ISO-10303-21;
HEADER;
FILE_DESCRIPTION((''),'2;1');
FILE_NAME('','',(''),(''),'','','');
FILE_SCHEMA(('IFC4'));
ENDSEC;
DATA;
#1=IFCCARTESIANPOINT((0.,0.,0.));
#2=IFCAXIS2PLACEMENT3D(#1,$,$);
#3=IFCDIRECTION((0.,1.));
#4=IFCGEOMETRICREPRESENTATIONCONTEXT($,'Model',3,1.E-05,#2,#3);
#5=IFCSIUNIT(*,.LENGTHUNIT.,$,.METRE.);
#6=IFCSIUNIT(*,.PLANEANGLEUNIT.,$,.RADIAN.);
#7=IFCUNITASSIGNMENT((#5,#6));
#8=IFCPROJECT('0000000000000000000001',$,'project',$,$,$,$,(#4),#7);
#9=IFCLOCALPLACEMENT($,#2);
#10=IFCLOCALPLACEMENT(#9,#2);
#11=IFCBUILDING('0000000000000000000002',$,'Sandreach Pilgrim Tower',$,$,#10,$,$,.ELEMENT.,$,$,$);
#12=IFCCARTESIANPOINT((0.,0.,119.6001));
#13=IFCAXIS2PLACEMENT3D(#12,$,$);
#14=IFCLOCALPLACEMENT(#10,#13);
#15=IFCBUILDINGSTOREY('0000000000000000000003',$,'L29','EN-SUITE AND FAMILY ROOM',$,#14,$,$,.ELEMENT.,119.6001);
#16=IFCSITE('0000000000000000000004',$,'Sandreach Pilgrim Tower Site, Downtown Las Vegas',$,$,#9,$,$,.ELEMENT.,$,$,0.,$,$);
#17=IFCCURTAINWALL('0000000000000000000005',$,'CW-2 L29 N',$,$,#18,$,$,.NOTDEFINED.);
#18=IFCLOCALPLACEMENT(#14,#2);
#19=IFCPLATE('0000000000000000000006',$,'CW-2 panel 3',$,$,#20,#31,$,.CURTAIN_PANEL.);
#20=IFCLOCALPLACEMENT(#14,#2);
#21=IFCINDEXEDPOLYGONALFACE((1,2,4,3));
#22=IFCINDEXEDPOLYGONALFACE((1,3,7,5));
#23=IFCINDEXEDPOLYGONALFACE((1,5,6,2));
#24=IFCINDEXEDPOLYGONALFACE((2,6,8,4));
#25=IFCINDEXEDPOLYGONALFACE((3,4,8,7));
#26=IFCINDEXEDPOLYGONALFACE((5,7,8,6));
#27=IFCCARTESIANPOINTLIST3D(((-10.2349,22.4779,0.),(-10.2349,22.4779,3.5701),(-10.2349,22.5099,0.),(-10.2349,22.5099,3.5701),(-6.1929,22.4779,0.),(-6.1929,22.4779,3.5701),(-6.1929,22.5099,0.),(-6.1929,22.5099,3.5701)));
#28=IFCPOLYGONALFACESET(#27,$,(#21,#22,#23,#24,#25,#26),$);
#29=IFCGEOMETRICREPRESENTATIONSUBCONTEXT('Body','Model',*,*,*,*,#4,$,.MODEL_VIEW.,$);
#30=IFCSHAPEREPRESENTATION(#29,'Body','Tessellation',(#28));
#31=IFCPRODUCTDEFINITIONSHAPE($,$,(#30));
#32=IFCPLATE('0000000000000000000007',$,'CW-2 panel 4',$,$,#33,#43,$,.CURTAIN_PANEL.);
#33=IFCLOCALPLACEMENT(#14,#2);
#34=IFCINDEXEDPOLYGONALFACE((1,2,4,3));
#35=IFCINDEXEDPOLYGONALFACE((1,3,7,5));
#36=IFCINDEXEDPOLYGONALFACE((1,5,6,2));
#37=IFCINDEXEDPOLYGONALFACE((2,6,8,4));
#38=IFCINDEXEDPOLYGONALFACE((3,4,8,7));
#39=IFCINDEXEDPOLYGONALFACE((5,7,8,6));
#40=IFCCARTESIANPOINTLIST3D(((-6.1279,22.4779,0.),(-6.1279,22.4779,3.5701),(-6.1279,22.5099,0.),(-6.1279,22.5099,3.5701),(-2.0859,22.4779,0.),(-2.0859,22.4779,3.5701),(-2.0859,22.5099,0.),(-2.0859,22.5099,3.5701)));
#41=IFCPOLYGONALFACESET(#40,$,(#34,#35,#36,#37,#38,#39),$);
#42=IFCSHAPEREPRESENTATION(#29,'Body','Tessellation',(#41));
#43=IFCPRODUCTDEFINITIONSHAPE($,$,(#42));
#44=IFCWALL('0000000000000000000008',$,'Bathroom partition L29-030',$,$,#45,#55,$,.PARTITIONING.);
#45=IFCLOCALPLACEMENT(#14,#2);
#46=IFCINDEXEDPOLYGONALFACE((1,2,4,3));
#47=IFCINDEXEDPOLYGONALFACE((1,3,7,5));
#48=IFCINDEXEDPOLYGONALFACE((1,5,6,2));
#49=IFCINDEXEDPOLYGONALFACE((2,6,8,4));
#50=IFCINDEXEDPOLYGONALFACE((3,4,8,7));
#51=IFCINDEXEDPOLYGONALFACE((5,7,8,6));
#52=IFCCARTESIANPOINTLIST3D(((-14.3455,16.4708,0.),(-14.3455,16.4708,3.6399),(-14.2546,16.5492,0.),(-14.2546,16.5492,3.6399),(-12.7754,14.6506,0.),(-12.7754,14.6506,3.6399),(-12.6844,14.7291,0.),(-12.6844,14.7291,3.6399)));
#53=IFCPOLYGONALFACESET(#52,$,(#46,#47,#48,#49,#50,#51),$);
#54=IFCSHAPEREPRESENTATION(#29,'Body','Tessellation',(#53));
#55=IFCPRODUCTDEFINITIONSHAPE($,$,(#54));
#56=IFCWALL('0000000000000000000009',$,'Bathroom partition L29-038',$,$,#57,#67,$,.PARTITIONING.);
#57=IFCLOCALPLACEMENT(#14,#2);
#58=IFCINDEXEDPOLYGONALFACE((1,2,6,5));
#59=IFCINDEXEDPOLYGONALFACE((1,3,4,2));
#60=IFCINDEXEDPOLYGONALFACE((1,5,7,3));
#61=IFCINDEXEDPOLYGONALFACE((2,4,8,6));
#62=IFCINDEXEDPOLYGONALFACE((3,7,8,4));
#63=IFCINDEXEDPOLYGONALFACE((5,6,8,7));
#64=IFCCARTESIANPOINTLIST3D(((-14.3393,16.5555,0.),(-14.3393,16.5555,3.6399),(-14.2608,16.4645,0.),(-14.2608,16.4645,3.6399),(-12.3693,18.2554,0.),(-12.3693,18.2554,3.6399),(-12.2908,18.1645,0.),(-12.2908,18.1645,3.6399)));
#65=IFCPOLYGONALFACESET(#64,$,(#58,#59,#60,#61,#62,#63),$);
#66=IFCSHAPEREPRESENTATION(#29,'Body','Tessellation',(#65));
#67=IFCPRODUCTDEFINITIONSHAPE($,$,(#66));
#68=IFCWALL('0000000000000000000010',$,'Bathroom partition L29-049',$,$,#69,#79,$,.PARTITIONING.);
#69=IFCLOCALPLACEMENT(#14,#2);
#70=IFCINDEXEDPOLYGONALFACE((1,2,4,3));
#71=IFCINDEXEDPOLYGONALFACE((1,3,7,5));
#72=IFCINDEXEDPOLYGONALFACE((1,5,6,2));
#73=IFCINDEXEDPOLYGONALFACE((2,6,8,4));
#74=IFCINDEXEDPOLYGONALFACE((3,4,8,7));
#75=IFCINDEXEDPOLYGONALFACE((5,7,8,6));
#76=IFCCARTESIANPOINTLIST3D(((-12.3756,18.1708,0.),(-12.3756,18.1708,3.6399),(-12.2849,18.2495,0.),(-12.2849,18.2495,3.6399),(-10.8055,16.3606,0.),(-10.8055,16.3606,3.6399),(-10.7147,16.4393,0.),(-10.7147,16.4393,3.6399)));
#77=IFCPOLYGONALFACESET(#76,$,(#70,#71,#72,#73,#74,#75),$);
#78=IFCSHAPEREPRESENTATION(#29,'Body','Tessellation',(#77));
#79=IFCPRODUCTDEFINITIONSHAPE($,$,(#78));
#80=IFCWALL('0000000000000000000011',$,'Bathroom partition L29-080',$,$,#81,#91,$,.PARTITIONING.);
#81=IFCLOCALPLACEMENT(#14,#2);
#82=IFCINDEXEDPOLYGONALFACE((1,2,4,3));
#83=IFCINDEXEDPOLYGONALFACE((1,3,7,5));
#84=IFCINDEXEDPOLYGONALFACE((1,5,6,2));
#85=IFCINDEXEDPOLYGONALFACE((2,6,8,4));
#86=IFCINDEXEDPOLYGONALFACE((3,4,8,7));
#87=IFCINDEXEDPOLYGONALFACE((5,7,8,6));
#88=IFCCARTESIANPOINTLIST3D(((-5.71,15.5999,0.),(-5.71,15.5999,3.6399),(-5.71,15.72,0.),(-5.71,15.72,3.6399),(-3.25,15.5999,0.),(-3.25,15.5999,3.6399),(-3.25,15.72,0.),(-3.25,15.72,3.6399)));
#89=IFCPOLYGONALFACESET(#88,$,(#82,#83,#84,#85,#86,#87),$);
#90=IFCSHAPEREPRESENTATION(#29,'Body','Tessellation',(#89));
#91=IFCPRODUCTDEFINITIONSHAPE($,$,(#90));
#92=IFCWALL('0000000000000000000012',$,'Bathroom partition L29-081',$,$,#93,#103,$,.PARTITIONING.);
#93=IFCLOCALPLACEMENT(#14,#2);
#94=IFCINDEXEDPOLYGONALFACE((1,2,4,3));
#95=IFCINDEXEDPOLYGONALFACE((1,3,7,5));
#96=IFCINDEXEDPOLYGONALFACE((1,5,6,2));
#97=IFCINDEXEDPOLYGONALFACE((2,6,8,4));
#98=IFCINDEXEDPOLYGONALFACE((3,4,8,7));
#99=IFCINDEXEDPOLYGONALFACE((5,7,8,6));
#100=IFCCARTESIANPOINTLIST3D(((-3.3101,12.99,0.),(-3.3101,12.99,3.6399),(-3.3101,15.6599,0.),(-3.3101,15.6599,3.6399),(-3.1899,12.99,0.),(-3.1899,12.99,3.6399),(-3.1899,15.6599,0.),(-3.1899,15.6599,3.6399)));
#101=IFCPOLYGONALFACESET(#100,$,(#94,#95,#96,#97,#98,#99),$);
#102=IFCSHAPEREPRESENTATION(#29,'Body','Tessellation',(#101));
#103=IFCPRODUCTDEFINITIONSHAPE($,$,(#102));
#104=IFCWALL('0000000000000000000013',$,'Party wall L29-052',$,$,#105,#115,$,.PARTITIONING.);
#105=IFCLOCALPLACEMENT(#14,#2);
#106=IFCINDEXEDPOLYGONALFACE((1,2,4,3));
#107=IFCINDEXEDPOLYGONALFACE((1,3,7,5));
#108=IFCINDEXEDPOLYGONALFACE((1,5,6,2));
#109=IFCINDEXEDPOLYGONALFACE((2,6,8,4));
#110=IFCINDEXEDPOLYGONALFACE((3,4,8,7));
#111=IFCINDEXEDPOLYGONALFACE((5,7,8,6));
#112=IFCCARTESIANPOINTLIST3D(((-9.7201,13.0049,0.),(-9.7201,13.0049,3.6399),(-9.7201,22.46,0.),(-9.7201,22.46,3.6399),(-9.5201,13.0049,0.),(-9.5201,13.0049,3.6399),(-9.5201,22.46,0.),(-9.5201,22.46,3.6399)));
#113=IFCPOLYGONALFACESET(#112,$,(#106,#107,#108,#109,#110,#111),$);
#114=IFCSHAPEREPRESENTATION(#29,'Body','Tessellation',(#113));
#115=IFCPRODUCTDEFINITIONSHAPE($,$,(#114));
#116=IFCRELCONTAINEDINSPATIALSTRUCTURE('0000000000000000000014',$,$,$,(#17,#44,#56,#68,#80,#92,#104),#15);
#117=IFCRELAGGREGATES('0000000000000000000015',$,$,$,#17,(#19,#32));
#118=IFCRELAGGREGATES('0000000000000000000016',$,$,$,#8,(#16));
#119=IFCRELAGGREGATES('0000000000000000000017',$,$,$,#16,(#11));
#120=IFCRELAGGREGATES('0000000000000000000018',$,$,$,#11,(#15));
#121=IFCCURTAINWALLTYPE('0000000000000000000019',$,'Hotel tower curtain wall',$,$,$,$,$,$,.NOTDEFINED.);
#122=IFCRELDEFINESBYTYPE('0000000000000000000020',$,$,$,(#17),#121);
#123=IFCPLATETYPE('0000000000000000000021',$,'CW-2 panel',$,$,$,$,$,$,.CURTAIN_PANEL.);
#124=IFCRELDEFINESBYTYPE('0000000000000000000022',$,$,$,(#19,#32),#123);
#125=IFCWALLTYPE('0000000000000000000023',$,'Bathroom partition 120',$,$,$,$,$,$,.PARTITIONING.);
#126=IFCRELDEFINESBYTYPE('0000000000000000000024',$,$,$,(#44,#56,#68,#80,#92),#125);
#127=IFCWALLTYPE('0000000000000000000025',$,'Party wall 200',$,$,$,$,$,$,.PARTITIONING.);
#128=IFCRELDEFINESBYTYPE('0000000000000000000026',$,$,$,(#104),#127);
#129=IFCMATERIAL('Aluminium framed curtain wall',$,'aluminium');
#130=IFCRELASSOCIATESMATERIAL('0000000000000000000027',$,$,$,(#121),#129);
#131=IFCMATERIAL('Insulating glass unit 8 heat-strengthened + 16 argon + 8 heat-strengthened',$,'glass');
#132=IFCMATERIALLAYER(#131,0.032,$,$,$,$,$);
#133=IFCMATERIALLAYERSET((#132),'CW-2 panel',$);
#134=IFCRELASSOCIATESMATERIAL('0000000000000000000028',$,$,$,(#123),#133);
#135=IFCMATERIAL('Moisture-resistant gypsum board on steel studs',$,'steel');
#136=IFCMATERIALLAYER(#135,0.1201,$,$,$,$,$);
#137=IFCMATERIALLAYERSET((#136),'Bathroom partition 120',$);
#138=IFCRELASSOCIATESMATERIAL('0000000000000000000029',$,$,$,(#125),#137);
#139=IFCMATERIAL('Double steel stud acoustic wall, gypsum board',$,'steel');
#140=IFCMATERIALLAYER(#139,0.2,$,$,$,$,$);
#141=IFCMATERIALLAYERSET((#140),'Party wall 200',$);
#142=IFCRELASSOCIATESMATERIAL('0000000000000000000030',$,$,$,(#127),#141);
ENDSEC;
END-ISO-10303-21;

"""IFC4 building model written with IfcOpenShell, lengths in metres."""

from ifc_helpers import new_model, si_unit, direction, frame, frame_2d, origin, origin_2d, place, context, subcontext, project, spatial, rectangle, extrude, material, layer, layer_set, type_object, element, aggregate, save


model = new_model("IFC4")

# Units and contexts
model_context = context("Model", 3, precision=1e-05, world=origin(), true_north=direction((0.0, 1.0)))
body_context = subcontext(model_context, "Body", "Model", "MODEL_VIEW")
ifc_project = project(units=[si_unit("LENGTHUNIT", "METRE"), si_unit("PLANEANGLEUNIT", "RADIAN")], contexts=[model_context])

# Site, building, storey
site_placement = place(None, origin())
site = spatial("IfcSite", under=ifc_project, at=site_placement, Name="Sandreach Pilgrim Tower Site, Downtown Las Vegas", CompositionType="ELEMENT", RefElevation=0.0)
building_placement = place(site_placement, origin())
building = spatial("IfcBuilding", under=site, at=building_placement, Name="Sandreach Pilgrim Tower", CompositionType="ELEMENT")
storey_placement = place(building_placement, frame((0.0, 0.0, 119.6001)))
storey = spatial("IfcBuildingStorey", under=building, at=storey_placement, Name="L29", Description="EN-SUITE AND FAMILY ROOM", CompositionType="ELEMENT", Elevation=119.6001)

# Curtain wall
ifc_material_1 = material(Name="Aluminium framed curtain wall", Category="aluminium")
curtain_wall_type = type_object("IfcCurtainWallType", Name="Hotel tower curtain wall", PredefinedType="NOTDEFINED", material=ifc_material_1)
curtain_wall_placement = place(storey_placement, origin())
curtain_wall = element("IfcCurtainWall", 1, at=curtain_wall_placement, inside=storey, type_object=curtain_wall_type, Name="CW-2 L29 N", PredefinedType="NOTDEFINED")

# Plates
ifc_material_2 = material(Name="Insulating glass unit 8 heat-strengthened + 16 argon + 8 heat-strengthened", Category="glass")
ifc_layer_1 = layer(ifc_material_2, 0.032)
ifc_layer_set_1 = layer_set([ifc_layer_1], Name="CW-2 panel")
plate_type = type_object("IfcPlateType", Name="CW-2 panel", PredefinedType="CURTAIN_PANEL", material=ifc_layer_set_1)
plate_1_placement = place(storey_placement, frame((-8.2139, 22.4939, 0.0), z_axis=(0.0, 0.0, 1.0), x_axis=(1.0, 0.0, 0.0)))
plate_1 = element("IfcPlate", 2, at=plate_1_placement, type_object=plate_type, Name="CW-2 panel 3", PredefinedType="CURTAIN_PANEL", context=body_context, shape_type="SweptSolid", body=[
    extrude(rectangle(XDim=4.042, YDim=0.032, at=origin_2d()), origin(), (0.0, 0.0, 1.0), 3.5701),
])
plate_2_placement = place(storey_placement, frame((-4.1069, 22.4939, 0.0), z_axis=(0.0, 0.0, 1.0), x_axis=(1.0, 0.0, 0.0)))
plate_2 = element("IfcPlate", 3, at=plate_2_placement, type_object=plate_type, Name="CW-2 panel 4", PredefinedType="CURTAIN_PANEL", context=body_context, shape_type="SweptSolid", body=[
    extrude(rectangle(XDim=4.042, YDim=0.032, at=origin_2d()), origin(), (0.0, 0.0, 1.0), 3.5701),
])
aggregate(curtain_wall, [plate_1, plate_2])

# Walls
ifc_material_3 = material(Name="Moisture-resistant gypsum board on steel studs", Category="steel")
ifc_layer_2 = layer(ifc_material_3, 0.1201)
ifc_layer_set_2 = layer_set([ifc_layer_2], Name="Bathroom partition 120")
wall_type_1 = type_object("IfcWallType", Name="Bathroom partition 120", PredefinedType="PARTITIONING", material=ifc_layer_set_2)
wall_1_placement = place(storey_placement, frame((-14.3, 16.51, 0.0), z_axis=(0.0, 0.0, 1.0), x_axis=(0.653189, -0.757195, 0.0)))
element("IfcWall", 4, at=wall_1_placement, inside=storey, type_object=wall_type_1, Name="Bathroom partition L29-030", PredefinedType="PARTITIONING", context=body_context, shape_type="SweptSolid", body=[
    extrude(rectangle(XDim=2.4038, YDim=0.1201, at=frame_2d((1.2019, 0.0))), origin(), (0.0, 0.0, 1.0), 3.6399),
])
wall_2_placement = place(storey_placement, frame((-12.3301, 18.21, 0.0), z_axis=(0.0, 0.0, 1.0), x_axis=(-0.757087, -0.653314, 0.0)))
element("IfcWall", 5, at=wall_2_placement, inside=storey, type_object=wall_type_1, Name="Bathroom partition L29-038", PredefinedType="PARTITIONING", context=body_context, shape_type="SweptSolid", body=[
    extrude(rectangle(XDim=2.6021, YDim=0.1201, at=frame_2d((1.301, 0.0))), origin(), (0.0, 0.0, 1.0), 3.6399),
])
wall_3_placement = place(storey_placement, frame((-10.76, 16.3999, 0.0), z_axis=(0.0, 0.0, 1.0), x_axis=(-0.655252, 0.75541, 0.0)))
element("IfcWall", 6, at=wall_3_placement, inside=storey, type_object=wall_type_1, Name="Bathroom partition L29-049", PredefinedType="PARTITIONING", context=body_context, shape_type="SweptSolid", body=[
    extrude(rectangle(XDim=2.3962, YDim=0.1201, at=frame_2d((1.1982, 0.0))), origin(), (0.0, 0.0, 1.0), 3.6399),
])
wall_4_placement = place(storey_placement, frame((-3.25, 15.6599, 0.0), z_axis=(0.0, 0.0, 1.0), x_axis=(-1.0, 0.0, 0.0)))
element("IfcWall", 7, at=wall_4_placement, inside=storey, type_object=wall_type_1, Name="Bathroom partition L29-080", PredefinedType="PARTITIONING", context=body_context, shape_type="SweptSolid", body=[
    extrude(rectangle(XDim=2.46, YDim=0.1201, at=frame_2d((1.23, 0.0))), origin(), (0.0, 0.0, 1.0), 3.6399),
])
wall_5_placement = place(storey_placement, frame((-3.25, 15.6599, 0.0), z_axis=(0.0, 0.0, 1.0), x_axis=(0.0, -1.0, 0.0)))
element("IfcWall", 8, at=wall_5_placement, inside=storey, type_object=wall_type_1, Name="Bathroom partition L29-081", PredefinedType="PARTITIONING", context=body_context, shape_type="SweptSolid", body=[
    extrude(rectangle(XDim=2.6699, YDim=0.1201, at=frame_2d((1.335, 0.0))), origin(), (0.0, 0.0, 1.0), 3.6399),
])

# Wall
ifc_material_4 = material(Name="Double steel stud acoustic wall, gypsum board", Category="steel")
ifc_layer_3 = layer(ifc_material_4, 0.2)
ifc_layer_set_3 = layer_set([ifc_layer_3], Name="Party wall 200")
wall_type_2 = type_object("IfcWallType", Name="Party wall 200", PredefinedType="PARTITIONING", material=ifc_layer_set_3)
wall_6_placement = place(storey_placement, frame((-9.6201, 22.46, 0.0), z_axis=(0.0, 0.0, 1.0), x_axis=(0.0, -1.0, 0.0)))
element("IfcWall", 9, at=wall_6_placement, inside=storey, type_object=wall_type_2, Name="Party wall L29-052", PredefinedType="PARTITIONING", context=body_context, shape_type="SweptSolid", body=[
    extrude(rectangle(XDim=9.4551, YDim=0.2, at=frame_2d((4.7275, 0.0))), origin(), (0.0, 0.0, 1.0), 3.6399),
])

save(model, "model.ifc")
